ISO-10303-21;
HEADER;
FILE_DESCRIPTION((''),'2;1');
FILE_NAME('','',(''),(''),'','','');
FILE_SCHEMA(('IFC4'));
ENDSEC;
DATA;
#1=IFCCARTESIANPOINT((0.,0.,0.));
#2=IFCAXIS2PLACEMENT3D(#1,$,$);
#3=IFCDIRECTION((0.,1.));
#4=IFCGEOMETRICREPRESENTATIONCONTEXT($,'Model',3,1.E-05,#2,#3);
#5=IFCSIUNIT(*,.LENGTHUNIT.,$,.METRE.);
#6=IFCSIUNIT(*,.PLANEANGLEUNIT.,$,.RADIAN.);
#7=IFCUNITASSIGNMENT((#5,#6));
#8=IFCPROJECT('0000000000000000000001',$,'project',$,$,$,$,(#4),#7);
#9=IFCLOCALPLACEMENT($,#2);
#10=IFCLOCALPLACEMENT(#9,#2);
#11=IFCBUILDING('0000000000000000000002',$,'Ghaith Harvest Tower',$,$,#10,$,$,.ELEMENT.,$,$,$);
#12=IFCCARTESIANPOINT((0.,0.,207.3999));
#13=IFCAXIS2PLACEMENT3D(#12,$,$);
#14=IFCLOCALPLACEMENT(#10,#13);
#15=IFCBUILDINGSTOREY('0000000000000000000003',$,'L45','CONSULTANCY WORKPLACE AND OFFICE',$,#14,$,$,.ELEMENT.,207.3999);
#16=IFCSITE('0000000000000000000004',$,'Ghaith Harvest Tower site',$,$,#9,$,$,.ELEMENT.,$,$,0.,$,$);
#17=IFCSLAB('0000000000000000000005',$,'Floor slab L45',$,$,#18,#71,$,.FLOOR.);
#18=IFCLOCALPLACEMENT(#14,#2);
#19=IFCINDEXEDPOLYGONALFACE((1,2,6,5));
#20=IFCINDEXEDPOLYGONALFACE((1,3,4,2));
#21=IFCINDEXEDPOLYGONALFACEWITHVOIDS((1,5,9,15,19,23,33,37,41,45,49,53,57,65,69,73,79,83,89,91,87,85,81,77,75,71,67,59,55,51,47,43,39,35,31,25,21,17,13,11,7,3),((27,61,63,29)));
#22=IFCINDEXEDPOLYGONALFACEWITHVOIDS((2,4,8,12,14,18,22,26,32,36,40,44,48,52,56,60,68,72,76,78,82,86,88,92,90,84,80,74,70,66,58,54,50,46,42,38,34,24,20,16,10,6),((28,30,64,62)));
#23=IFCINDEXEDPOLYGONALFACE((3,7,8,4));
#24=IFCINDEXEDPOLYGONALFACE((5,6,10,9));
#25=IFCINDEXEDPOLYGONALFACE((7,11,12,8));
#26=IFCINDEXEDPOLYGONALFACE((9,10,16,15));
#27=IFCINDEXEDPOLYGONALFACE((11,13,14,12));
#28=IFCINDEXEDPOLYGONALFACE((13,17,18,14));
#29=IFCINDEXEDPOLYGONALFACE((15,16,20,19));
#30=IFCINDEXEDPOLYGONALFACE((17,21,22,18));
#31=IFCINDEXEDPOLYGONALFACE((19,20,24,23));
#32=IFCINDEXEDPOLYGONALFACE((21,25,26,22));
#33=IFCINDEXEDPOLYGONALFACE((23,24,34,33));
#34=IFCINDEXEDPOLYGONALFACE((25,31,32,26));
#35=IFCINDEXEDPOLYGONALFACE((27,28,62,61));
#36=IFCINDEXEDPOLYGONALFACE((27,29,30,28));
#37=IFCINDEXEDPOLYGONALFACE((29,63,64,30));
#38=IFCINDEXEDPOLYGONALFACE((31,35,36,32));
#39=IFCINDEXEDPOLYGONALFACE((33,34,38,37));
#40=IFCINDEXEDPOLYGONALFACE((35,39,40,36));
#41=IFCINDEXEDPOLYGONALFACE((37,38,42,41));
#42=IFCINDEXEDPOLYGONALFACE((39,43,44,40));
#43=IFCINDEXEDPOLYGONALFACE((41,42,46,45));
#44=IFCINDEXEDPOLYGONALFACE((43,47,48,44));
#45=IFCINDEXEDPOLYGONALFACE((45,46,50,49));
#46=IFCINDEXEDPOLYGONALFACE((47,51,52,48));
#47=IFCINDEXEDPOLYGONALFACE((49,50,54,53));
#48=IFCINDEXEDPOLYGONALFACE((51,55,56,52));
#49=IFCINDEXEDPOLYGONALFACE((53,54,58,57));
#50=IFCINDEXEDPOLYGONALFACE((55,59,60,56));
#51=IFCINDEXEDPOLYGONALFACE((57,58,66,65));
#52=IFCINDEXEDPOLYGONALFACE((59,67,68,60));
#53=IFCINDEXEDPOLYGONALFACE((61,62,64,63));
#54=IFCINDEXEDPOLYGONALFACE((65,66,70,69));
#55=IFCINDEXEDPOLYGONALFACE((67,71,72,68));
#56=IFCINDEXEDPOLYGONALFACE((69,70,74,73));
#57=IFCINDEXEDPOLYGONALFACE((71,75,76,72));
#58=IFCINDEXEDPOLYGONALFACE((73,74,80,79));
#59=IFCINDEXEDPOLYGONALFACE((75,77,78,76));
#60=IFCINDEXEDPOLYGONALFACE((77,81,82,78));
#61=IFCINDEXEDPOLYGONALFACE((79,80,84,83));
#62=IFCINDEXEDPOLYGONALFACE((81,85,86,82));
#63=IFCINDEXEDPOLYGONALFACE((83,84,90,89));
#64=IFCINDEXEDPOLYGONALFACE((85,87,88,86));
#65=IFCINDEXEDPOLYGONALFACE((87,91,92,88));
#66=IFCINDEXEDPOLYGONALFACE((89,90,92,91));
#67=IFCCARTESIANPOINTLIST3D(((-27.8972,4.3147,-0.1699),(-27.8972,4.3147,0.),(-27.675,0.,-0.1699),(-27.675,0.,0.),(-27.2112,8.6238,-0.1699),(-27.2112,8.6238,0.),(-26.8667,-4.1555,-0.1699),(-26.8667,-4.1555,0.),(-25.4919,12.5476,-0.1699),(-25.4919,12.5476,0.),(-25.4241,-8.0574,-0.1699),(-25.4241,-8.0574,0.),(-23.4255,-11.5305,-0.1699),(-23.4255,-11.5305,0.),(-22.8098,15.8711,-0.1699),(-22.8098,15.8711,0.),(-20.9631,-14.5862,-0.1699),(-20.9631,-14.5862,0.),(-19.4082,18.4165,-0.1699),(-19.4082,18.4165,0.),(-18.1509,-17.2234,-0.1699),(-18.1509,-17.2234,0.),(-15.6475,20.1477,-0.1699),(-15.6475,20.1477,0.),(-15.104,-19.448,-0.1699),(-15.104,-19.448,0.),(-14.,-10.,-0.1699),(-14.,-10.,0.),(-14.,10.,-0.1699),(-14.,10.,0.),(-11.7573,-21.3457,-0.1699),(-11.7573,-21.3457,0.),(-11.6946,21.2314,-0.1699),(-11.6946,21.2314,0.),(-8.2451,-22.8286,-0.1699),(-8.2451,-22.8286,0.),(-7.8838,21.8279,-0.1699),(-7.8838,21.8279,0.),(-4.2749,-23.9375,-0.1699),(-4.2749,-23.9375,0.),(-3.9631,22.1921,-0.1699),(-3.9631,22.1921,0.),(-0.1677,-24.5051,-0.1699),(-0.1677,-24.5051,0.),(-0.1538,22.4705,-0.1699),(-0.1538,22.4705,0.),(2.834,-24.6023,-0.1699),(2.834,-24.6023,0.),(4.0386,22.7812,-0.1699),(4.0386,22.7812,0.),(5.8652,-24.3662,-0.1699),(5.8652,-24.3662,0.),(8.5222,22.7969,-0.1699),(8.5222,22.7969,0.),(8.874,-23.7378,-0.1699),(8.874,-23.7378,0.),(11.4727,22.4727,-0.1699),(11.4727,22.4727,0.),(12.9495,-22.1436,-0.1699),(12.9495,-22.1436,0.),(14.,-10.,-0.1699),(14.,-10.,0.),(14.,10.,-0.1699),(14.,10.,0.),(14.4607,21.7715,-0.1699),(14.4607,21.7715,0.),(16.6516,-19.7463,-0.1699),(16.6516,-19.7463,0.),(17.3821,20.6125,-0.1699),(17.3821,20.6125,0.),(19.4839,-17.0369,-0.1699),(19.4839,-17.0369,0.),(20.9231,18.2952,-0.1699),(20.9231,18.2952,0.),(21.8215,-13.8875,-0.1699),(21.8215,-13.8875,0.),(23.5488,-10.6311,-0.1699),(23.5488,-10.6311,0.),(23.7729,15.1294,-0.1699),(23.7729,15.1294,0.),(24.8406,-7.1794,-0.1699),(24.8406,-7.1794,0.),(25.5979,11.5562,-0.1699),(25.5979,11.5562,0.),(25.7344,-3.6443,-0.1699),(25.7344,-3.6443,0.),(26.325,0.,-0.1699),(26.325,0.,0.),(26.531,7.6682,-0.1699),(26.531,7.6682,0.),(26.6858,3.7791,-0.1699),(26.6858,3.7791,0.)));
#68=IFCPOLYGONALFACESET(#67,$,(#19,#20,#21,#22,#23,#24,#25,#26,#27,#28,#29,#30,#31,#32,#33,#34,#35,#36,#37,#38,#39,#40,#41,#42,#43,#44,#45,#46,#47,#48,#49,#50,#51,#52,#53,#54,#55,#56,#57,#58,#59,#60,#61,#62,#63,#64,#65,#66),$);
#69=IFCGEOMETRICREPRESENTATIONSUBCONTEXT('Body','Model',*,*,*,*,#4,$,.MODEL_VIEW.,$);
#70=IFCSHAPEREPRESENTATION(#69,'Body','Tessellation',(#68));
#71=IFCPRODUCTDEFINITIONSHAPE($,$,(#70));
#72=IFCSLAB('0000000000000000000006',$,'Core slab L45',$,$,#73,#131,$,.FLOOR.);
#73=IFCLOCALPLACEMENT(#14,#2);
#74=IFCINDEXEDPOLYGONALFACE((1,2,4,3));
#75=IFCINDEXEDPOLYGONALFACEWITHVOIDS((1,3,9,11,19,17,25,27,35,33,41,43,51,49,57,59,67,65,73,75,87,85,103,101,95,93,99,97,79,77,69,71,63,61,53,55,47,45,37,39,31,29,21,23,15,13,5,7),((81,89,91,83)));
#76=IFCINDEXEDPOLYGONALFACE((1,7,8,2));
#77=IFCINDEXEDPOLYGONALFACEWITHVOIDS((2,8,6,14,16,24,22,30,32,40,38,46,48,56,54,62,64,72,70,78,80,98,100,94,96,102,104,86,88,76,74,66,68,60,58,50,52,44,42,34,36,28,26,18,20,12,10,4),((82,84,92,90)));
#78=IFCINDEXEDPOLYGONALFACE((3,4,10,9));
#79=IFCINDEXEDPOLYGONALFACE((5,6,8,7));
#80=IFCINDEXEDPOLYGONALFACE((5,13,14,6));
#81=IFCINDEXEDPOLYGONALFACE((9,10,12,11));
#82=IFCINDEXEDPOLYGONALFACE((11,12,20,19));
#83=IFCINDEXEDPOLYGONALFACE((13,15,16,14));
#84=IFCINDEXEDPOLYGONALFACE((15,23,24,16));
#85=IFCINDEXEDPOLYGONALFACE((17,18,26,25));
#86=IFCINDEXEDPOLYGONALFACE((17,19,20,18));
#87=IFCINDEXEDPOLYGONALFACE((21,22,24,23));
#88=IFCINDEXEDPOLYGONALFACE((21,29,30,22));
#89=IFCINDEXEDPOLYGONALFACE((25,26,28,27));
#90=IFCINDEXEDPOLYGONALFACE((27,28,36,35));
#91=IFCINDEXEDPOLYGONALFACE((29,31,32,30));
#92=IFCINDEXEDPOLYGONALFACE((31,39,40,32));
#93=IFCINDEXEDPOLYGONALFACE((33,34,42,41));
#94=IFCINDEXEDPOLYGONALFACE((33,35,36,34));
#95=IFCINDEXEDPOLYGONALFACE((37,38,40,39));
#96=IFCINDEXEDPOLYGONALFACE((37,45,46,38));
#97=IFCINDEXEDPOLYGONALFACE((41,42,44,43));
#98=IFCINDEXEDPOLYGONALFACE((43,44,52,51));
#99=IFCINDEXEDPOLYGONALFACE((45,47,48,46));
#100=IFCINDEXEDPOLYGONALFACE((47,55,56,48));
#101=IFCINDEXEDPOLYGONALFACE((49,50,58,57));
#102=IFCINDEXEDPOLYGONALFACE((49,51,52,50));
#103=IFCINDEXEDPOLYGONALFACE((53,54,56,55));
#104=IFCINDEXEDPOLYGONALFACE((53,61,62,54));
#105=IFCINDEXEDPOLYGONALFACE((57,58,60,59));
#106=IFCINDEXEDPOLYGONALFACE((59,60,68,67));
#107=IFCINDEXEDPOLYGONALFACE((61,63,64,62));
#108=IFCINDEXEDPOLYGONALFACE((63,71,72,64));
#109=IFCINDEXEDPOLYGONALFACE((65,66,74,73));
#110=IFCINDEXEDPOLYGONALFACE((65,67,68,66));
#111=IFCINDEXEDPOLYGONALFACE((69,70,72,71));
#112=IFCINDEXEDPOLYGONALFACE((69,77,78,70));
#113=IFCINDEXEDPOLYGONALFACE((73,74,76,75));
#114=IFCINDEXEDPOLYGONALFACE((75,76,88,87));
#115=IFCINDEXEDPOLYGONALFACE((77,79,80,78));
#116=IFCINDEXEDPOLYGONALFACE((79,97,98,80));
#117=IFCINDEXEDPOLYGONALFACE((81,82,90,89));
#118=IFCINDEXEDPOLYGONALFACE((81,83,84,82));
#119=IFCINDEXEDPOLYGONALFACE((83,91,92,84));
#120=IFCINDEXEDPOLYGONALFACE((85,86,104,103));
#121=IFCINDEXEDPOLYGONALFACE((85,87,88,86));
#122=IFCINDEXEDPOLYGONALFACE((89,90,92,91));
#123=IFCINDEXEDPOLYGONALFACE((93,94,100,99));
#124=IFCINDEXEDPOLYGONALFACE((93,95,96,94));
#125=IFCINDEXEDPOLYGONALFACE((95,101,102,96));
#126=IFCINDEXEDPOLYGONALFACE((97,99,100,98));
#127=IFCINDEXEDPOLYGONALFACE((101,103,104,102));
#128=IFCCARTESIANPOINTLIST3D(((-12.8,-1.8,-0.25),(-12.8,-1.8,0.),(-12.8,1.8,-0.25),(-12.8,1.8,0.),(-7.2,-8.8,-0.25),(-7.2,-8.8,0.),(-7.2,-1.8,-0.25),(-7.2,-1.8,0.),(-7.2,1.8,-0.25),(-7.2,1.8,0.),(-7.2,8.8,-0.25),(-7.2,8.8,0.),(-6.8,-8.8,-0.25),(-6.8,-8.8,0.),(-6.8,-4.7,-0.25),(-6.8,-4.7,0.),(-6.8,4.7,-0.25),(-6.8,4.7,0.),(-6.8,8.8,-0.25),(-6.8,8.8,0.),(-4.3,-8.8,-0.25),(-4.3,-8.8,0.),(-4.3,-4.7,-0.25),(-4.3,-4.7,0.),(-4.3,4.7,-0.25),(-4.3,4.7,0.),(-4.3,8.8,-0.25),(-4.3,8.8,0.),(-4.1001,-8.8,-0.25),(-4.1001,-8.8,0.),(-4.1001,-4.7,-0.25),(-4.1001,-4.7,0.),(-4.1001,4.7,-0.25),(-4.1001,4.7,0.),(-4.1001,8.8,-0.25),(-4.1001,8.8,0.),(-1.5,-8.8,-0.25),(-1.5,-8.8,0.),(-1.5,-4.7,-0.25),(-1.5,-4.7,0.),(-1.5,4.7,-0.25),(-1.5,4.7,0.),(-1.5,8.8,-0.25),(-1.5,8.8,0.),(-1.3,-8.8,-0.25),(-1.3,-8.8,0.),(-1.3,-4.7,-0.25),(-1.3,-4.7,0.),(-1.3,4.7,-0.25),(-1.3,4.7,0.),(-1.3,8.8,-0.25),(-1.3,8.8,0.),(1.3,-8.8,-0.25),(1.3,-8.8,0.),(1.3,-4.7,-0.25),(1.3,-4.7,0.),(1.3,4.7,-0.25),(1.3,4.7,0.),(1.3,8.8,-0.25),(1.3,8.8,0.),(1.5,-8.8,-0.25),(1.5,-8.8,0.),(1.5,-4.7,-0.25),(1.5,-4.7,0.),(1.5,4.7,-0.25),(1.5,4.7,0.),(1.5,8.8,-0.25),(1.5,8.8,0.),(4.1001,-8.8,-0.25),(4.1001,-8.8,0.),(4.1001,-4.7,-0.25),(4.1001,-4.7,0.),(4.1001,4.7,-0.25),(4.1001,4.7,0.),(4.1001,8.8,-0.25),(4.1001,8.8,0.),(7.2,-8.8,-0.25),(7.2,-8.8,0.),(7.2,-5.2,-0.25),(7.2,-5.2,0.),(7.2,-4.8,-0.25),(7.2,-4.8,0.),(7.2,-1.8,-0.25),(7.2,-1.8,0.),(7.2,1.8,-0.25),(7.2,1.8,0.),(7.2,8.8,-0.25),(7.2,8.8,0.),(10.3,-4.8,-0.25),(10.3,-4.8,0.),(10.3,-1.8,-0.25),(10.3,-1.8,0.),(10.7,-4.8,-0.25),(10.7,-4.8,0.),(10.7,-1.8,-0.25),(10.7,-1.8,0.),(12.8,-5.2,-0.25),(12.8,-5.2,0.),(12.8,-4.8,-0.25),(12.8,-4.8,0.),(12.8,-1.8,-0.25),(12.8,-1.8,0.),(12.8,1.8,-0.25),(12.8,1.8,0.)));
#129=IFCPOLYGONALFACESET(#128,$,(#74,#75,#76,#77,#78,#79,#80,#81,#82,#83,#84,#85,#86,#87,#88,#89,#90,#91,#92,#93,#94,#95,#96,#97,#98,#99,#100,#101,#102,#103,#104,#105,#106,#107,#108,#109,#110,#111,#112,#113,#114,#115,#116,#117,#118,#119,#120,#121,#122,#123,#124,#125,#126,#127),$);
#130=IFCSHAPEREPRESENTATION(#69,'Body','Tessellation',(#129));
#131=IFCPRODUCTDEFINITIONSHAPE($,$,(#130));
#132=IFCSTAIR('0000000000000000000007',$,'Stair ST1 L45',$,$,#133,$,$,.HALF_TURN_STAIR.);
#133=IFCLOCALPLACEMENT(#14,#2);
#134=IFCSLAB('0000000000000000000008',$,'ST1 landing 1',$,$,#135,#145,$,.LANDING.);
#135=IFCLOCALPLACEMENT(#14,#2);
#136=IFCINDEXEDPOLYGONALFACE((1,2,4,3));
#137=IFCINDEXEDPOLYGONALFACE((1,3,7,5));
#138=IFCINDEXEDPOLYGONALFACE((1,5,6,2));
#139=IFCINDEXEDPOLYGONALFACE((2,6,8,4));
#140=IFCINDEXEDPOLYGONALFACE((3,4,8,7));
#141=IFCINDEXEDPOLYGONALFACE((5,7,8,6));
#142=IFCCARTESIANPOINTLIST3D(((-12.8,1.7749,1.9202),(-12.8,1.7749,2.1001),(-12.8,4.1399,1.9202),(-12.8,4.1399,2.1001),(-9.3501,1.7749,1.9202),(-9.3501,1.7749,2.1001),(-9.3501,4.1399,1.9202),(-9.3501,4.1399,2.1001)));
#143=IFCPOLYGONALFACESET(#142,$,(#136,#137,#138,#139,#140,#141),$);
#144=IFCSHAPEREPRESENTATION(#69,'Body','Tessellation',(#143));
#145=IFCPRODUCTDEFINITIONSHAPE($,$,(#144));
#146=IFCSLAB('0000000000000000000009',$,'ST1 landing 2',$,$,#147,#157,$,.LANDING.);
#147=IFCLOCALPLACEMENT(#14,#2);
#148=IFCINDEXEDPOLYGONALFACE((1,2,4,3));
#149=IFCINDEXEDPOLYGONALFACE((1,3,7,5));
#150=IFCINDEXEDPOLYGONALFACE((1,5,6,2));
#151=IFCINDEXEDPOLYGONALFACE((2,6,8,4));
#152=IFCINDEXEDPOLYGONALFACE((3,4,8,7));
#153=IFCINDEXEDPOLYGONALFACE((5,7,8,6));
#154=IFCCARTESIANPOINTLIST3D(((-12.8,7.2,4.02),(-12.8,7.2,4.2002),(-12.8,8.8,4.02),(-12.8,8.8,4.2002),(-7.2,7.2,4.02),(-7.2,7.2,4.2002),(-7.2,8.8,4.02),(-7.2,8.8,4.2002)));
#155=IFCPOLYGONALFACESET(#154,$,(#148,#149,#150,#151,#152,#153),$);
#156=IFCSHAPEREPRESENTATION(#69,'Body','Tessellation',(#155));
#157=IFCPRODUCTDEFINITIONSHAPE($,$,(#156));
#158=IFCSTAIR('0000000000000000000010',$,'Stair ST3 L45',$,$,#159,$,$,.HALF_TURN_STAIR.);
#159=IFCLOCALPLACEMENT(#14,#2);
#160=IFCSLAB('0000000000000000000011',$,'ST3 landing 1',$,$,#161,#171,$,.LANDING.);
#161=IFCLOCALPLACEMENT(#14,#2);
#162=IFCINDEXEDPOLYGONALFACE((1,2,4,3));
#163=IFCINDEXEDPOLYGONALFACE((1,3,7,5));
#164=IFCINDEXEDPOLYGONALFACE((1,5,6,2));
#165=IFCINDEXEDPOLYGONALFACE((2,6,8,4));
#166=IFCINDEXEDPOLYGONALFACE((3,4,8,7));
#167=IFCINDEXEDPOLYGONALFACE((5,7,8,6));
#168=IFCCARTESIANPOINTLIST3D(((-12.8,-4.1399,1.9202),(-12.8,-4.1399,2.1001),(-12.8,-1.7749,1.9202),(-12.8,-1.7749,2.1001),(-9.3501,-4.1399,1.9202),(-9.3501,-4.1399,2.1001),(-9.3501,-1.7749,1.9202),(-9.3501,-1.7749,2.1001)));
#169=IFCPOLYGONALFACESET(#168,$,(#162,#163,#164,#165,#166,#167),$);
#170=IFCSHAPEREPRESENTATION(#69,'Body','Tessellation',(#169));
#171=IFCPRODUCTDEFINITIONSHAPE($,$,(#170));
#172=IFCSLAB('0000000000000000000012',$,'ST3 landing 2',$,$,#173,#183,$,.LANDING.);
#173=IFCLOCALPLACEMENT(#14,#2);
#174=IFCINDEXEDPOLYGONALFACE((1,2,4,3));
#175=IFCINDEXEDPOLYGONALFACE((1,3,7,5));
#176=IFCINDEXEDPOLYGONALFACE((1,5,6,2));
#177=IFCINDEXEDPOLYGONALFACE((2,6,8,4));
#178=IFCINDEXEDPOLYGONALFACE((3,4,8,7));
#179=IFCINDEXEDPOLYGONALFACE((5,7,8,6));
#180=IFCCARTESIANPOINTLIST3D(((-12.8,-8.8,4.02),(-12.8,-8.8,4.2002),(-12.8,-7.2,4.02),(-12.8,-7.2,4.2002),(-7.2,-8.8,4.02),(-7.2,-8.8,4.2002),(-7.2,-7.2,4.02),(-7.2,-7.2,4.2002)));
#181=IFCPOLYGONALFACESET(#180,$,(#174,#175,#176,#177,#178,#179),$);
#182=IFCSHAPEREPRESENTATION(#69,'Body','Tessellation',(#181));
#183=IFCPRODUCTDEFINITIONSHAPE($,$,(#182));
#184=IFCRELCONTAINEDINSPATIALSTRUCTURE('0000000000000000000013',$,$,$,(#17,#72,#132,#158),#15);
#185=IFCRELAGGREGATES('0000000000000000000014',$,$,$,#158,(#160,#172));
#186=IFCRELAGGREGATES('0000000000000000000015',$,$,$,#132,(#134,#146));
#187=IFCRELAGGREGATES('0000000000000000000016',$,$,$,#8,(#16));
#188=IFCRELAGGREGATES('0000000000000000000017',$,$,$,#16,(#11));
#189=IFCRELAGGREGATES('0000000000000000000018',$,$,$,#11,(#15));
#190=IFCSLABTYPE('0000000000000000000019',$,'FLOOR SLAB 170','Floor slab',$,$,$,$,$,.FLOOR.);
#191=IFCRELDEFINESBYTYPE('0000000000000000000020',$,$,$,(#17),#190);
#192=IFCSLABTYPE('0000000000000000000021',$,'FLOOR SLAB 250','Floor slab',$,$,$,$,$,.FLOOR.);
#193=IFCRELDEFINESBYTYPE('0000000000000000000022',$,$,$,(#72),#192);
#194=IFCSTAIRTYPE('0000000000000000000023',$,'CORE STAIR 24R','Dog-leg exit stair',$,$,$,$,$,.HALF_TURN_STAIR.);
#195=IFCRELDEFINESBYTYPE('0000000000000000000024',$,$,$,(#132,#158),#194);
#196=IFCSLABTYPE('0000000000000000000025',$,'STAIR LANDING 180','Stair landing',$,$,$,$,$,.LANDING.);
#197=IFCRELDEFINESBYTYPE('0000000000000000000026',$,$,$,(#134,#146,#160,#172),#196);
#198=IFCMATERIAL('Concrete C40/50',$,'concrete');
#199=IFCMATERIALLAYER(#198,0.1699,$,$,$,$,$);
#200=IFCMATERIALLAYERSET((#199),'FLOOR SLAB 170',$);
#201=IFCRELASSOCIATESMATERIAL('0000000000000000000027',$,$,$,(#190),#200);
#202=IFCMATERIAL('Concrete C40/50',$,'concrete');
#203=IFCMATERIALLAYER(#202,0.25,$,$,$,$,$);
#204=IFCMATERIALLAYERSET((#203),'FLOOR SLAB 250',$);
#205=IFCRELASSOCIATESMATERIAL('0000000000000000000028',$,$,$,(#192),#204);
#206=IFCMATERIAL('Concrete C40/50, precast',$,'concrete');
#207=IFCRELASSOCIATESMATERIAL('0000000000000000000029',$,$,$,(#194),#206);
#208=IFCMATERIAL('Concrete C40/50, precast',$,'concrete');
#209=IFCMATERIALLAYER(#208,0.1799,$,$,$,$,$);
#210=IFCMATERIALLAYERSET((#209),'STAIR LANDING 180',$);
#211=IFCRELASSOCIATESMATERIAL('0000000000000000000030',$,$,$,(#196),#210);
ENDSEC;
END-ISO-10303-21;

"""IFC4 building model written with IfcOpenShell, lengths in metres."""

from ifc_helpers import new_model, si_unit, direction, frame, origin, place, context, subcontext, project, spatial, polyline, outline, extrude, material, layer, layer_set, type_object, element, aggregate, save


model = new_model("IFC4")

# Units and contexts
model_context = context("Model", 3, precision=1e-05, world=origin(), true_north=direction((0.0, 1.0)))
body_context = subcontext(model_context, "Body", "Model", "MODEL_VIEW")
ifc_project = project(units=[si_unit("LENGTHUNIT", "METRE"), si_unit("PLANEANGLEUNIT", "RADIAN")], contexts=[model_context])

# Site, building, storey
site_placement = place(None, origin())
site = spatial("IfcSite", under=ifc_project, at=site_placement, Name="Ghaith Harvest Tower site", CompositionType="ELEMENT", RefElevation=0.0)
building_placement = place(site_placement, origin())
building = spatial("IfcBuilding", under=site, at=building_placement, Name="Ghaith Harvest Tower", CompositionType="ELEMENT")
storey_placement = place(building_placement, frame((0.0, 0.0, 207.3999)))
storey = spatial("IfcBuildingStorey", under=building, at=storey_placement, Name="L45", Description="CONSULTANCY WORKPLACE AND OFFICE", CompositionType="ELEMENT", Elevation=207.3999)

# Slabs
ifc_material_1 = material(Name="Concrete C40/50", Category="concrete")
ifc_layer_1 = layer(ifc_material_1, 0.1699)
ifc_layer_set_1 = layer_set([ifc_layer_1], Name="FLOOR SLAB 170")
slab_type_1 = type_object("IfcSlabType", Name="FLOOR SLAB 170", Description="Floor slab", PredefinedType="FLOOR", material=ifc_layer_set_1)
slab_1_placement = place(storey_placement, frame((0.0, 0.0, -0.1699)))
element("IfcSlab", 1, at=slab_1_placement, inside=storey, type_object=slab_type_1, Name="Floor slab L45", PredefinedType="FLOOR", context=body_context, shape_type="SweptSolid", body=[
    extrude(outline(polyline([(26.325, 0.0), (26.6858, 3.7791), (26.531, 7.6682), (25.5979, 11.5562), (23.7729, 15.1294), (20.9231, 18.2952), (17.3821, 20.6125), (14.4607, 21.7715), (11.4727, 22.4727), (8.5222, 22.7969), (4.0386, 22.7812), (-0.1538, 22.4705), (-3.9631, 22.1921), (-7.8838, 21.8279), (-11.6946, 21.2314), (-15.6475, 20.1477), (-19.4082, 18.4165), (-22.8098, 15.8711), (-25.4919, 12.5476), (-27.2112, 8.6238), (-27.8972, 4.3147), (-27.675, 0.0), (-26.8667, -4.1555), (-25.4241, -8.0574), (-23.4255, -11.5305), (-20.9631, -14.5862), (-18.1509, -17.2234), (-15.104, -19.448), (-11.7573, -21.3457), (-8.2451, -22.8286), (-4.2749, -23.9375), (-0.1677, -24.5051), (2.834, -24.6023), (5.8652, -24.3662), (8.874, -23.7378), (12.9495, -22.1436), (16.6516, -19.7463), (19.4839, -17.0369), (21.8215, -13.8875), (23.5488, -10.6311), (24.8406, -7.1794), (25.7344, -3.6443), (26.325, 0.0)]), holes=[polyline([(-14.0, -10.0), (14.0, -10.0), (14.0, 10.0), (-14.0, 10.0), (-14.0, -10.0)])]), origin(), (0.0, 0.0, 1.0), 0.1699),
])
ifc_material_2 = material(Name="Concrete C40/50", Category="concrete")
ifc_layer_2 = layer(ifc_material_2, 0.25)
ifc_layer_set_2 = layer_set([ifc_layer_2], Name="FLOOR SLAB 250")
slab_type_2 = type_object("IfcSlabType", Name="FLOOR SLAB 250", Description="Floor slab", PredefinedType="FLOOR", material=ifc_layer_set_2)
slab_2_placement = place(storey_placement, frame((0.0, 0.0, -0.25)))
element("IfcSlab", 2, at=slab_2_placement, inside=storey, type_object=slab_type_2, Name="Core slab L45", PredefinedType="FLOOR", context=body_context, shape_type="SweptSolid", body=[
    extrude(outline(polyline([(-12.8, 1.8), (-7.2, 1.8), (-7.2, 8.8), (-6.8, 8.8), (-6.8, 4.7), (-4.3, 4.7), (-4.3, 8.8), (-4.1001, 8.8), (-4.1001, 4.7), (-1.5, 4.7), (-1.5, 8.8), (-1.3, 8.8), (-1.3, 4.7), (1.3, 4.7), (1.3, 8.8), (1.5, 8.8), (1.5, 4.7), (4.1001, 4.7), (4.1001, 8.8), (7.2, 8.8), (7.2, 1.8), (12.8, 1.8), (12.8, -1.8), (10.7, -1.8), (10.7, -4.8), (12.8, -4.8), (12.8, -5.2), (7.2, -5.2), (7.2, -8.8), (4.1001, -8.8), (4.1001, -4.7), (1.5, -4.7), (1.5, -8.8), (1.3, -8.8), (1.3, -4.7), (-1.3, -4.7), (-1.3, -8.8), (-1.5, -8.8), (-1.5, -4.7), (-4.1001, -4.7), (-4.1001, -8.8), (-4.3, -8.8), (-4.3, -4.7), (-6.8, -4.7), (-6.8, -8.8), (-7.2, -8.8), (-7.2, -1.8), (-12.8, -1.8), (-12.8, 1.8)]), holes=[polyline([(10.3, -4.8), (10.3, -1.8), (7.2, -1.8), (7.2, -4.8), (10.3, -4.8)])]), origin(), (0.0, 0.0, 1.0), 0.25),
])

# Stairs, slabs
ifc_material_3 = material(Name="Concrete C40/50, precast", Category="concrete")
stair_type = type_object("IfcStairType", Name="CORE STAIR 24R", Description="Dog-leg exit stair", PredefinedType="HALF_TURN_STAIR", material=ifc_material_3)
stair_1_placement = place(storey_placement, origin())
stair_1 = element("IfcStair", 3, at=stair_1_placement, inside=storey, type_object=stair_type, Name="Stair ST1 L45", PredefinedType="HALF_TURN_STAIR")
ifc_material_4 = material(Name="Concrete C40/50, precast", Category="concrete")
ifc_layer_3 = layer(ifc_material_4, 0.1799)
ifc_layer_set_3 = layer_set([ifc_layer_3], Name="STAIR LANDING 180")
slab_type_3 = type_object("IfcSlabType", Name="STAIR LANDING 180", Description="Stair landing", PredefinedType="LANDING", material=ifc_layer_set_3)
slab_3_placement = place(storey_placement, frame((0.0, 0.0, 1.9202)))
slab_3 = element("IfcSlab", 4, at=slab_3_placement, type_object=slab_type_3, Name="ST1 landing 1", PredefinedType="LANDING", context=body_context, shape_type="SweptSolid", body=[
    extrude(outline(polyline([(-12.8, 4.1399), (-12.8, 1.7749), (-9.3501, 1.7749), (-9.3501, 4.1399), (-12.8, 4.1399)])), origin(), (0.0, 0.0, 1.0), 0.1799),
])
slab_4_placement = place(storey_placement, frame((0.0, 0.0, 4.02)))
slab_4 = element("IfcSlab", 5, at=slab_4_placement, type_object=slab_type_3, Name="ST1 landing 2", PredefinedType="LANDING", context=body_context, shape_type="SweptSolid", body=[
    extrude(outline(polyline([(-12.8, 8.8), (-12.8, 7.2), (-7.2, 7.2), (-7.2, 8.8), (-12.8, 8.8)])), origin(), (0.0, 0.0, 1.0), 0.1802),
])
stair_2_placement = place(storey_placement, origin())
stair_2 = element("IfcStair", 6, at=stair_2_placement, inside=storey, type_object=stair_type, Name="Stair ST3 L45", PredefinedType="HALF_TURN_STAIR")
slab_5_placement = place(storey_placement, frame((0.0, 0.0, 1.9202)))
slab_5 = element("IfcSlab", 7, at=slab_5_placement, type_object=slab_type_3, Name="ST3 landing 1", PredefinedType="LANDING", context=body_context, shape_type="SweptSolid", body=[
    extrude(outline(polyline([(-12.8, -4.1399), (-12.8, -1.7749), (-9.3501, -1.7749), (-9.3501, -4.1399), (-12.8, -4.1399)])), origin(), (0.0, 0.0, 1.0), 0.1799),
])
slab_6_placement = place(storey_placement, frame((0.0, 0.0, 4.02)))
slab_6 = element("IfcSlab", 8, at=slab_6_placement, type_object=slab_type_3, Name="ST3 landing 2", PredefinedType="LANDING", context=body_context, shape_type="SweptSolid", body=[
    extrude(outline(polyline([(-12.8, -8.8), (-12.8, -7.2), (-7.2, -7.2), (-7.2, -8.8), (-12.8, -8.8)])), origin(), (0.0, 0.0, 1.0), 0.1802),
])
aggregate(stair_2, [slab_5, slab_6])

aggregate(stair_1, [slab_3, slab_4])

save(model, "model.ifc")
